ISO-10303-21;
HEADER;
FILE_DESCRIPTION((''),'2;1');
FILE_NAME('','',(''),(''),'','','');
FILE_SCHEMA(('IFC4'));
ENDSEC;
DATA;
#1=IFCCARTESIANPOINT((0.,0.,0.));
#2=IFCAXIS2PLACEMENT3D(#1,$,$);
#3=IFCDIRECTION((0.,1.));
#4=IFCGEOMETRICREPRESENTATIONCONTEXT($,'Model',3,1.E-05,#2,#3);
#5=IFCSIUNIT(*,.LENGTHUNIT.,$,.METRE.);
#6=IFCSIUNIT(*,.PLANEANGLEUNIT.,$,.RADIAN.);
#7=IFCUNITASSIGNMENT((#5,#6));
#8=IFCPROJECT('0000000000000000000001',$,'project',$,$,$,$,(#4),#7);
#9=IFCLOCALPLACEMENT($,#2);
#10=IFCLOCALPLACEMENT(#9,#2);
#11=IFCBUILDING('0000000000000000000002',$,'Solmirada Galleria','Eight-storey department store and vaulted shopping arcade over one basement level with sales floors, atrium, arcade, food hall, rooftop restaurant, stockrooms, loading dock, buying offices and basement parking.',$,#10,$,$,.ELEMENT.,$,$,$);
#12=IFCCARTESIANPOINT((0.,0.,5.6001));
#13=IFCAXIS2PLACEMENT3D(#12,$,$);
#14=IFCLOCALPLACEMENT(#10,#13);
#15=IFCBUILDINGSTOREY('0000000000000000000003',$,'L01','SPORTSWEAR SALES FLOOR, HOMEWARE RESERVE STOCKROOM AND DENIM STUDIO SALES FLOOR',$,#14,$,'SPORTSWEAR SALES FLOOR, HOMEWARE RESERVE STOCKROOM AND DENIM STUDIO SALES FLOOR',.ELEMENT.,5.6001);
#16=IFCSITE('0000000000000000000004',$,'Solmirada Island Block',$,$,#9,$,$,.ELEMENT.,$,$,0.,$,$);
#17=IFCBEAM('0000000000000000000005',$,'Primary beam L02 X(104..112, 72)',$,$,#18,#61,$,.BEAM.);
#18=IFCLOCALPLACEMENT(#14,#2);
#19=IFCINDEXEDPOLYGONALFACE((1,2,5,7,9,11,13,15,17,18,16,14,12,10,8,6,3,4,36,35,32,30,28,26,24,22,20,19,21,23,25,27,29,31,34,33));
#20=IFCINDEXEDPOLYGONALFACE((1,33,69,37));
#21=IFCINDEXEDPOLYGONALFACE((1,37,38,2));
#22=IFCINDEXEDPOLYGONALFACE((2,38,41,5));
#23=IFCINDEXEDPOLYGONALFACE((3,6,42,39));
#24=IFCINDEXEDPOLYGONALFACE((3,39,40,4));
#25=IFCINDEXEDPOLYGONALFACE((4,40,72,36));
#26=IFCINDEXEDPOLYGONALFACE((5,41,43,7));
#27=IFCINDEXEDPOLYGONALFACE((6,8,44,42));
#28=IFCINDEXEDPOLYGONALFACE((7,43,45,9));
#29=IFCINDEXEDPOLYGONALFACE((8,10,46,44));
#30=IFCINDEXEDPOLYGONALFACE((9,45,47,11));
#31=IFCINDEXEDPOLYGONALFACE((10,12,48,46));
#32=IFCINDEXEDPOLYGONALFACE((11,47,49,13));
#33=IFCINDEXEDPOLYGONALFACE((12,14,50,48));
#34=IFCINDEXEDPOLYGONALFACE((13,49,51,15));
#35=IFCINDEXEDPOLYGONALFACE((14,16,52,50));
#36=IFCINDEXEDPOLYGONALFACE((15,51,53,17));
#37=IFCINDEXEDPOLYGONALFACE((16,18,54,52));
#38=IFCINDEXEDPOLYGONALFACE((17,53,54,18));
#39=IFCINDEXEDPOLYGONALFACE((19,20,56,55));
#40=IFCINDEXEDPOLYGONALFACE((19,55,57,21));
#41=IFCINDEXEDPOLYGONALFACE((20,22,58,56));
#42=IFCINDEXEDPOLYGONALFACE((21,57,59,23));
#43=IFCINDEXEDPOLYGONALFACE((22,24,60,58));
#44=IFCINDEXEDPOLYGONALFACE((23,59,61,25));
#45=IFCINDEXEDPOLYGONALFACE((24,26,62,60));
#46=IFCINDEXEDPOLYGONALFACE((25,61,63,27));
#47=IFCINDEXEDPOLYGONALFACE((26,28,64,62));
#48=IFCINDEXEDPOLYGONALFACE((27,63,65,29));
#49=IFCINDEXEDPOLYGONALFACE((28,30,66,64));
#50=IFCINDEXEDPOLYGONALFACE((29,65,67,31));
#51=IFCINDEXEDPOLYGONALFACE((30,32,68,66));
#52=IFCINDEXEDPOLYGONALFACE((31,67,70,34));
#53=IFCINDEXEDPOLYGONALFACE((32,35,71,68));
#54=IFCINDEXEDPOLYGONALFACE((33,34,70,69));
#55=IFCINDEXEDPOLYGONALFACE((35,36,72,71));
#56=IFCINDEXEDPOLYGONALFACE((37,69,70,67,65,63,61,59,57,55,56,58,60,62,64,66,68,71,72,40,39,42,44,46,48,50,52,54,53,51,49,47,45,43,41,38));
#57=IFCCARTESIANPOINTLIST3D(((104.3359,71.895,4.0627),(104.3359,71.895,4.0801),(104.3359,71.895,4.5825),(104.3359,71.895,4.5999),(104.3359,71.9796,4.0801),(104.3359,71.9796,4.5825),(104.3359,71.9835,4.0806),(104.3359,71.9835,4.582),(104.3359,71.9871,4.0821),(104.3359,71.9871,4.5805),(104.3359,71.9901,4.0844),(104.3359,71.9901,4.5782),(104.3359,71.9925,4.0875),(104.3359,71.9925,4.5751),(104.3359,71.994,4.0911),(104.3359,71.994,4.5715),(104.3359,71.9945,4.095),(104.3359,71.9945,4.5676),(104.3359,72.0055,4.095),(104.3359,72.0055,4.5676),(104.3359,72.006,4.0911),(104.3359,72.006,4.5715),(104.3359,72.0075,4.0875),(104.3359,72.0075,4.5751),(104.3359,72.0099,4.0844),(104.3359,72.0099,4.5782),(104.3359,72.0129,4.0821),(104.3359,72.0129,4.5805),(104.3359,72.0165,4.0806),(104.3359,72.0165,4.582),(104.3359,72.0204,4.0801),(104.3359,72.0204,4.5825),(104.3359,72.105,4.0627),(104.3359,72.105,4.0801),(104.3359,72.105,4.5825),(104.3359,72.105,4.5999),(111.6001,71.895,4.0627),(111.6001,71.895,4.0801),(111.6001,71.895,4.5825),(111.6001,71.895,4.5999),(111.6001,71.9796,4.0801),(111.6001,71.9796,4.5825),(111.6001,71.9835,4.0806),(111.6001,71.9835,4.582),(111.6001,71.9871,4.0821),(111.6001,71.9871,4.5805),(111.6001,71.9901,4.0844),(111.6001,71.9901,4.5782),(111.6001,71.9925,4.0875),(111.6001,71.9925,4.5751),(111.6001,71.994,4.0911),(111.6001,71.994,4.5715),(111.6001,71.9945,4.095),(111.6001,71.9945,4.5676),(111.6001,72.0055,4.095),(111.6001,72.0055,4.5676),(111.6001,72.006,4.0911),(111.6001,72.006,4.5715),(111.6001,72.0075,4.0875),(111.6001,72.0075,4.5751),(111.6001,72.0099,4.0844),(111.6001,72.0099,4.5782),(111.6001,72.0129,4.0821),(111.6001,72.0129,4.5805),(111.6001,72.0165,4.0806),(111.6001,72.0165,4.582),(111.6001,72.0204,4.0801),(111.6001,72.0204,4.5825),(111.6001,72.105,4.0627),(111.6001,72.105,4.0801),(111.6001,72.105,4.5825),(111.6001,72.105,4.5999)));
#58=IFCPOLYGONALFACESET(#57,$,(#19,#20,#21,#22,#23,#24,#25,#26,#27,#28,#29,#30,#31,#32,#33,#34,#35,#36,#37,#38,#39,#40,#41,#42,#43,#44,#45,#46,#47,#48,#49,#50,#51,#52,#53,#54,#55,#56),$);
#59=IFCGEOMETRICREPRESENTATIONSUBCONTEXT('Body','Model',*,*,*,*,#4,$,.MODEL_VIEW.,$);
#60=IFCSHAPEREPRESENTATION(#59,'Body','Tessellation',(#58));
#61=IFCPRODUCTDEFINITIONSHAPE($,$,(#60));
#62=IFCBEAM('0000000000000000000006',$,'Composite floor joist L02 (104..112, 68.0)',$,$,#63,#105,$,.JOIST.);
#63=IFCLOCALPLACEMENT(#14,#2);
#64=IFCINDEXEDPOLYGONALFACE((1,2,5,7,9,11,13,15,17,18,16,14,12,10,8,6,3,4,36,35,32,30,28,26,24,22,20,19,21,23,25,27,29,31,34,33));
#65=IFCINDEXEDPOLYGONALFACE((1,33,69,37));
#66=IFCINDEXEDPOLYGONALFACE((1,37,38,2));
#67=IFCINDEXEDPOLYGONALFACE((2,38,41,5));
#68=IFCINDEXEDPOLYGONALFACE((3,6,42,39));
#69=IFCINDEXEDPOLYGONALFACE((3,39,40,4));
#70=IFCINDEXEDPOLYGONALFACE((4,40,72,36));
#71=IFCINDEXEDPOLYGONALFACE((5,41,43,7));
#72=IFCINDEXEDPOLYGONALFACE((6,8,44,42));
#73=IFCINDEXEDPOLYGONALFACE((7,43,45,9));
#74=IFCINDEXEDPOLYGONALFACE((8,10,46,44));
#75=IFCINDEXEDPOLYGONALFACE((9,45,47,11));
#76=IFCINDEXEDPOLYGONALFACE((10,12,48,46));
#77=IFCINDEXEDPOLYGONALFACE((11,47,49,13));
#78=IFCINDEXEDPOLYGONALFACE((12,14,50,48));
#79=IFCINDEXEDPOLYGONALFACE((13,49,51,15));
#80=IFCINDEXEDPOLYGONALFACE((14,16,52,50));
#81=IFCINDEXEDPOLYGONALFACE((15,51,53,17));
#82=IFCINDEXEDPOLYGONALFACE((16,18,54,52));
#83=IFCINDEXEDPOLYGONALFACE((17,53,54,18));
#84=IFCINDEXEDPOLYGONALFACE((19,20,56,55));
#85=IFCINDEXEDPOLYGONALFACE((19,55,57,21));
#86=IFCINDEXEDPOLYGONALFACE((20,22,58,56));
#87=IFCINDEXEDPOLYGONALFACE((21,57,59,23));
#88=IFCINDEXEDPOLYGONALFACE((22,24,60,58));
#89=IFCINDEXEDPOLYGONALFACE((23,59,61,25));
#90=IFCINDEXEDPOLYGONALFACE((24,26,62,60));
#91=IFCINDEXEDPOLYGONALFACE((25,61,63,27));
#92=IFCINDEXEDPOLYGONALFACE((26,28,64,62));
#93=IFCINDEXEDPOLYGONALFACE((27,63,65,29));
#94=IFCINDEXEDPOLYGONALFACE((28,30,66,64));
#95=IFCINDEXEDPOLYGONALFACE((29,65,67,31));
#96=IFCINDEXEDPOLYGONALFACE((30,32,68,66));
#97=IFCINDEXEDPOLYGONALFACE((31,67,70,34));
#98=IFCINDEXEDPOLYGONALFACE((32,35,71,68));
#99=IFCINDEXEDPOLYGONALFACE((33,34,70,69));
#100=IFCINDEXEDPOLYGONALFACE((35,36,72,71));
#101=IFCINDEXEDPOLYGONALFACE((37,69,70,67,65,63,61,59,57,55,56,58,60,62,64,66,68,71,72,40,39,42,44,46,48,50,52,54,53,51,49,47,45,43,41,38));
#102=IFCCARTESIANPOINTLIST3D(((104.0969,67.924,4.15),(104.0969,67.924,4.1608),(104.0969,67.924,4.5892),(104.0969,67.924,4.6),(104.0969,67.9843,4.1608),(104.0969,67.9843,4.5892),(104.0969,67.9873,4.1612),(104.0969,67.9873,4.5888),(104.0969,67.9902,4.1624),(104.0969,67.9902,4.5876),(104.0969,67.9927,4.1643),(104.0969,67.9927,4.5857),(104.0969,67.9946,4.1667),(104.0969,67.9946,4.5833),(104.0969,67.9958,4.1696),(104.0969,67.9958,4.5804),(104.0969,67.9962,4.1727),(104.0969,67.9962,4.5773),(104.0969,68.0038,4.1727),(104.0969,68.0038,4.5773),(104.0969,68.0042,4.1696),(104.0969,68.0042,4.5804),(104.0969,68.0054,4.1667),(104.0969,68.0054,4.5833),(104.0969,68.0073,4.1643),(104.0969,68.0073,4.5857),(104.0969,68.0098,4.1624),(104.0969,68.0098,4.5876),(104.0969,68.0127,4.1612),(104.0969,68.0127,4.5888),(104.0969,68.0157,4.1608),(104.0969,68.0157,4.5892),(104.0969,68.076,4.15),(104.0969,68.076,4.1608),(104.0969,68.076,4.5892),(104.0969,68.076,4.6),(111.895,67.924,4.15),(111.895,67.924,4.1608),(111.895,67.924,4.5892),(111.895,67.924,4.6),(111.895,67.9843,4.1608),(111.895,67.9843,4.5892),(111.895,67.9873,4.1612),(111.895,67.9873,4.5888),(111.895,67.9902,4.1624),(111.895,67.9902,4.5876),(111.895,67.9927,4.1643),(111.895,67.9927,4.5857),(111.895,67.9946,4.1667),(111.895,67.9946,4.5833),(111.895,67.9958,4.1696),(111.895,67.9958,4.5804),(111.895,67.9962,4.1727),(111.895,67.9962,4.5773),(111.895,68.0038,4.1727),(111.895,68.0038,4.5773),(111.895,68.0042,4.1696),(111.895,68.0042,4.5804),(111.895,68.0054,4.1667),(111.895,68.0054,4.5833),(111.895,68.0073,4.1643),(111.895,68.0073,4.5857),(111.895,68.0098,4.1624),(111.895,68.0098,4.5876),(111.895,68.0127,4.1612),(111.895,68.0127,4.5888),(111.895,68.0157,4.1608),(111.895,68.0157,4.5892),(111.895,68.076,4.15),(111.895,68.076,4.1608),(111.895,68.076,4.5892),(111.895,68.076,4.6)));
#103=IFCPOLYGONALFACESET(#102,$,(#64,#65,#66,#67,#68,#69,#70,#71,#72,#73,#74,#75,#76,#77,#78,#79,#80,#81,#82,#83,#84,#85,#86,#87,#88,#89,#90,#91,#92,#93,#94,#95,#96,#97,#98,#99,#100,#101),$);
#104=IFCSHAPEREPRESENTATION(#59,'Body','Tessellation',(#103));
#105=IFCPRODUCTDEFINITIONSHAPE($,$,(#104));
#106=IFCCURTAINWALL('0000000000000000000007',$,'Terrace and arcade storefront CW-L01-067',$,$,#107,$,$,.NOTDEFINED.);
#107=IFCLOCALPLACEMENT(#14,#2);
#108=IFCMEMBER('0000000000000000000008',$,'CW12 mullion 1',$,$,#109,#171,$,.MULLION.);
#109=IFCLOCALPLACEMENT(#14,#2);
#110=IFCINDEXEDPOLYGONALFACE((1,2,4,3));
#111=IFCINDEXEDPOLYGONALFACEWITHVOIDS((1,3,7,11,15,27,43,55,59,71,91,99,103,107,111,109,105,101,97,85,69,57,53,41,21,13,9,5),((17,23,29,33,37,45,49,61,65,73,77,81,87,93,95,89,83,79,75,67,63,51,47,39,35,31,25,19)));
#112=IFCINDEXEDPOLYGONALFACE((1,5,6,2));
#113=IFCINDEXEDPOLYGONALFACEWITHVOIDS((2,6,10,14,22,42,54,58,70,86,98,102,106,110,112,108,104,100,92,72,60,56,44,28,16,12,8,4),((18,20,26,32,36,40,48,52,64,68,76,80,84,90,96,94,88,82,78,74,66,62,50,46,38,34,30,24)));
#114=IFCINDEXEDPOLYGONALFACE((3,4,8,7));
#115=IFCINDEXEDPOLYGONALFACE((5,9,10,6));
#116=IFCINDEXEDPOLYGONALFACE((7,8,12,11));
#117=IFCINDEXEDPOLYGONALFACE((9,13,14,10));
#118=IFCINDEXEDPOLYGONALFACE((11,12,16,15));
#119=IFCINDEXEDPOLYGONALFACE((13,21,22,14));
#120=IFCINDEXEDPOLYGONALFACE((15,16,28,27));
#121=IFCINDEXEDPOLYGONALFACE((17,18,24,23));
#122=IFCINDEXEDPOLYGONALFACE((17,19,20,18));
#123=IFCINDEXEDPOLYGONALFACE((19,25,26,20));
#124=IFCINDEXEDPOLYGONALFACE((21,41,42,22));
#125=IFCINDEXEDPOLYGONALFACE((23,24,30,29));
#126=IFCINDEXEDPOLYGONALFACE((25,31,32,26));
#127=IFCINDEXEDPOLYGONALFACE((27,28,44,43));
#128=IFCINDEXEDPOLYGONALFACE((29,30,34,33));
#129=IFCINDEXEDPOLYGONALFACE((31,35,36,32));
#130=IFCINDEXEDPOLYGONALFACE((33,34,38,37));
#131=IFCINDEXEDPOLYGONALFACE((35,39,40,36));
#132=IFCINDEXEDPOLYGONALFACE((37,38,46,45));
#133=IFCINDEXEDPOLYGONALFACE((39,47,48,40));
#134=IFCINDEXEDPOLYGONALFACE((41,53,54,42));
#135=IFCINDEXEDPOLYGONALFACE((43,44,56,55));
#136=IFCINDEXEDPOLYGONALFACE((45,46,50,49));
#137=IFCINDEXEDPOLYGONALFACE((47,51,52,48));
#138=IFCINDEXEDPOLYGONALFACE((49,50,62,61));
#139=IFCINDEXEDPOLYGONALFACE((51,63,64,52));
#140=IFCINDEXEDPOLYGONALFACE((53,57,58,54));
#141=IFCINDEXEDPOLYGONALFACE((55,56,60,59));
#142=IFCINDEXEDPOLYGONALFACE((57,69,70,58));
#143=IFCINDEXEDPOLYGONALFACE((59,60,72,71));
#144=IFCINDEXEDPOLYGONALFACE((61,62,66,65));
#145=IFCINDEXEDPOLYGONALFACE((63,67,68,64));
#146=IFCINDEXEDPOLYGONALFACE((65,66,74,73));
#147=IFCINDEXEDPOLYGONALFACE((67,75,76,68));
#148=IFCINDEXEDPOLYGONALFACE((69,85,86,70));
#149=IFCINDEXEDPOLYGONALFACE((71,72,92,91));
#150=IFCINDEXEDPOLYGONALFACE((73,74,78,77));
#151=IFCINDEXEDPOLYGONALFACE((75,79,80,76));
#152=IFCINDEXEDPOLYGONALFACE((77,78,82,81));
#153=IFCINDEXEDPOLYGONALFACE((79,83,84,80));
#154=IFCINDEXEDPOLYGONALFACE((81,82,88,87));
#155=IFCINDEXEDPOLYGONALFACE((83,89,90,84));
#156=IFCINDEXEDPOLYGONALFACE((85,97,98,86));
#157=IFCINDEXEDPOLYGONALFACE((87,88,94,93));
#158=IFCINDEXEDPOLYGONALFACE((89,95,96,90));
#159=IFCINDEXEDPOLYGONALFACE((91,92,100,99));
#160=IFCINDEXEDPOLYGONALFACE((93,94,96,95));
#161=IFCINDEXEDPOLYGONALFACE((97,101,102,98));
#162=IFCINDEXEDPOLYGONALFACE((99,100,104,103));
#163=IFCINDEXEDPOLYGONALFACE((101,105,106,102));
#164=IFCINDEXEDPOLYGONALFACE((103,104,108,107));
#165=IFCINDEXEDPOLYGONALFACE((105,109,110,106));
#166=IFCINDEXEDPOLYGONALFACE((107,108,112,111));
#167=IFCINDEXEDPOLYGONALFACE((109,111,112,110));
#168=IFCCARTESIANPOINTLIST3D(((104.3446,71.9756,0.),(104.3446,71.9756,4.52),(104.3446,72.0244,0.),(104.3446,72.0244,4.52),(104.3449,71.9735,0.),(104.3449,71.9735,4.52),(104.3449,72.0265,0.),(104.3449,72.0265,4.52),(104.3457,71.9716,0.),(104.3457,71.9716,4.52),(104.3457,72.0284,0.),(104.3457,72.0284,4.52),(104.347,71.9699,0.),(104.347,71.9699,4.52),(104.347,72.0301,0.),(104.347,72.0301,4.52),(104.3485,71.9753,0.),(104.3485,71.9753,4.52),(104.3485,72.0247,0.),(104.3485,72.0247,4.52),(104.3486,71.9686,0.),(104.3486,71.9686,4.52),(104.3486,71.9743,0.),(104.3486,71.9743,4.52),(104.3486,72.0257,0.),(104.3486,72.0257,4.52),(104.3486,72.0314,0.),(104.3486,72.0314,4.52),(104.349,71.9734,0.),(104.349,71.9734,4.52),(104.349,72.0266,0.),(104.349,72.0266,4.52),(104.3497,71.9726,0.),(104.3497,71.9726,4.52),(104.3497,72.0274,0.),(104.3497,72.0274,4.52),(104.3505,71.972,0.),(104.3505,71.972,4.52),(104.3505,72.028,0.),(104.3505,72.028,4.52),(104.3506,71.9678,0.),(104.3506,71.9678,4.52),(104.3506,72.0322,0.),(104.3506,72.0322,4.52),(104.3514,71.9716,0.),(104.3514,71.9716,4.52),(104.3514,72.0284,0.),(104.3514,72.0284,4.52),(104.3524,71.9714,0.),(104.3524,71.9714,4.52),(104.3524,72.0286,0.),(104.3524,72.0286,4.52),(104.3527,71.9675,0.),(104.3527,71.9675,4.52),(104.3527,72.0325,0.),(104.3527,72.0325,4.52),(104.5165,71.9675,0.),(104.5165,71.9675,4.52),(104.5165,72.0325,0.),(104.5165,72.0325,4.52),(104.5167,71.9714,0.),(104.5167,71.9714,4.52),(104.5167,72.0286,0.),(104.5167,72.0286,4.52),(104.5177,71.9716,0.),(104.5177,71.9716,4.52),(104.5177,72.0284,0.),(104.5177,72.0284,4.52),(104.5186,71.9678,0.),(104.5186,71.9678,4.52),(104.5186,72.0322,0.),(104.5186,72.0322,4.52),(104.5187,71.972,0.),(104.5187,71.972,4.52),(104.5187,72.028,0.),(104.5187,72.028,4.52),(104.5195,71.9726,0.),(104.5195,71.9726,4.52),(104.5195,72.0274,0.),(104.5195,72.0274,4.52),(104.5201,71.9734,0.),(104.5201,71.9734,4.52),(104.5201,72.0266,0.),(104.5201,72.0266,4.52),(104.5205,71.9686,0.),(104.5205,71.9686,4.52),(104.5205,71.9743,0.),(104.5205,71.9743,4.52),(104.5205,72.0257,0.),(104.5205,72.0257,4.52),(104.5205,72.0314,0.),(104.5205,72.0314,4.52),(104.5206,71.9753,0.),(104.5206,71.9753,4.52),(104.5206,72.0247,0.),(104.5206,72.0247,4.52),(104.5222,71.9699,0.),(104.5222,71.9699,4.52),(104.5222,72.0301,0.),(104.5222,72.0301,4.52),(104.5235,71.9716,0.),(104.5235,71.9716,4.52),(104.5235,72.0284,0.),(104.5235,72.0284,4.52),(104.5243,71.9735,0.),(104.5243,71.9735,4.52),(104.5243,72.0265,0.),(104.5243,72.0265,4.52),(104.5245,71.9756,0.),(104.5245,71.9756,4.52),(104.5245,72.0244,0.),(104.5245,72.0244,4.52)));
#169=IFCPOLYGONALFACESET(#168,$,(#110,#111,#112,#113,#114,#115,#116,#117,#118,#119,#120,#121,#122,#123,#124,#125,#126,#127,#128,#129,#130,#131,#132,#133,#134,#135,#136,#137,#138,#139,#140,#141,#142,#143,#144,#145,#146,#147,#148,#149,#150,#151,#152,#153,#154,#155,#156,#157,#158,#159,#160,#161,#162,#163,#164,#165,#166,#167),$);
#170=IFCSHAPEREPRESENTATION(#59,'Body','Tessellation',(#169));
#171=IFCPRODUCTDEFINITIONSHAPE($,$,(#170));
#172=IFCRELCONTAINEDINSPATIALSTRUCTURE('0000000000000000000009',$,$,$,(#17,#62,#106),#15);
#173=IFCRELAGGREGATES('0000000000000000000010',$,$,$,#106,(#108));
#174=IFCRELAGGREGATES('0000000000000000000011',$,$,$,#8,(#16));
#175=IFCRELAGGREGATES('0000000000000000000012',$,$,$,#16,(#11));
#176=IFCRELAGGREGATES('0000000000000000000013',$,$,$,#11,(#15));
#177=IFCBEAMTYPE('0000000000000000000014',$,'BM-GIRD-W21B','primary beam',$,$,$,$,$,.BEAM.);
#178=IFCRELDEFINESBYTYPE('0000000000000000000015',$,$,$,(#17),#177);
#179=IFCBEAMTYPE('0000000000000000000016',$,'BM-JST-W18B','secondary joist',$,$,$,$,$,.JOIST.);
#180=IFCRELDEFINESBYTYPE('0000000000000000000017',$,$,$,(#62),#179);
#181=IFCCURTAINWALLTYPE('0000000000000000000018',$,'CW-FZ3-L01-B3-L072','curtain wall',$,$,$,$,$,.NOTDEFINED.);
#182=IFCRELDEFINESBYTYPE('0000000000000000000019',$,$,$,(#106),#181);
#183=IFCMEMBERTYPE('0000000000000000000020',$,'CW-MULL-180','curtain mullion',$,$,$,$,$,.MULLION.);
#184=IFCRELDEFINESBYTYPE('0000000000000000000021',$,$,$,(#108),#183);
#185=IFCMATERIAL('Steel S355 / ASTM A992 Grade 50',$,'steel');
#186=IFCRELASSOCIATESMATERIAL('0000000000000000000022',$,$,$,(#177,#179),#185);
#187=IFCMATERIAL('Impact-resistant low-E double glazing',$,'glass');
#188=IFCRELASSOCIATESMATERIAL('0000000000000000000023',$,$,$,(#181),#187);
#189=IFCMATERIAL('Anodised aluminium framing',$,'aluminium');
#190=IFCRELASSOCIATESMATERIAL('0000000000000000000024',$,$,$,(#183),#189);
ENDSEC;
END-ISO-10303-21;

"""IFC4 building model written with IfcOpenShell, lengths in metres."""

from ifc_helpers import new_model, si_unit, direction, frame, origin, origin_2d, place, context, subcontext, project, spatial, hollow_rectangle, i_section, extrude, material, material_profile, profile_set, type_object, element, aggregate, save


model = new_model("IFC4")

# Units and contexts
model_context = context("Model", 3, precision=1e-05, world=origin(), true_north=direction((0.0, 1.0)))
body_context = subcontext(model_context, "Body", "Model", "MODEL_VIEW")
ifc_project = project(units=[si_unit("LENGTHUNIT", "METRE"), si_unit("PLANEANGLEUNIT", "RADIAN")], contexts=[model_context])

# Site, building, storey
site_placement = place(None, origin())
site = spatial("IfcSite", under=ifc_project, at=site_placement, Name="Solmirada Island Block", CompositionType="ELEMENT", RefElevation=0.0)
building_placement = place(site_placement, origin())
building = spatial("IfcBuilding", under=site, at=building_placement, Name="Solmirada Galleria", Description="Eight-storey department store and vaulted shopping arcade over one basement level with sales floors, atrium, arcade, food hall, rooftop restaurant, stockrooms, loading dock, buying offices and basement parking.", CompositionType="ELEMENT")
storey_placement = place(building_placement, frame((0.0, 0.0, 5.6001)))
storey = spatial("IfcBuildingStorey", under=building, at=storey_placement, Name="L01", Description="SPORTSWEAR SALES FLOOR, HOMEWARE RESERVE STOCKROOM AND DENIM STUDIO SALES FLOOR", LongName="SPORTSWEAR SALES FLOOR, HOMEWARE RESERVE STOCKROOM AND DENIM STUDIO SALES FLOOR", CompositionType="ELEMENT", Elevation=5.6001)

# Beams
ifc_material_1 = material(Name="Steel S355 / ASTM A992 Grade 50", Category="steel")
ifc_material_profile_1 = material_profile(ifc_material_1, i_section(OverallWidth=0.21, OverallDepth=0.5371, WebThickness=0.011, FlangeThickness=0.0173, FilletRadius=0.0149, at=origin_2d()), Name="W21X68")
ifc_profile_set_1 = profile_set([ifc_material_profile_1], Name="Steel S355 / ASTM A992 Grade 50")
beam_type_1 = type_object("IfcBeamType", Name="BM-GIRD-W21B", Description="primary beam", PredefinedType="BEAM", material=ifc_profile_set_1)
beam_1_placement = place(storey_placement, frame((104.3359, 72.0, 4.3313), z_axis=(1.0, 0.0, 0.0), x_axis=(0.0, 1.0, 0.0)))
element("IfcBeam", 1, at=beam_1_placement, inside=storey, type_object=beam_type_1, Name="Primary beam L02 X(104..112, 72)", PredefinedType="BEAM", context=body_context, shape_type="SweptSolid", body=[
    extrude(i_section(OverallWidth=0.21, OverallDepth=0.5371, WebThickness=0.011, FlangeThickness=0.0173, FilletRadius=0.0149, at=origin_2d()), origin(), (0.0, 0.0, 1.0), 7.2642),
])
ifc_material_profile_2 = material_profile(ifc_material_1, i_section(OverallWidth=0.1521, OverallDepth=0.45, WebThickness=0.0076, FlangeThickness=0.0107, FilletRadius=0.012, at=origin_2d()), Name="W18X35")
ifc_profile_set_2 = profile_set([ifc_material_profile_2], Name="Steel S355 / ASTM A992 Grade 50")
beam_type_2 = type_object("IfcBeamType", Name="BM-JST-W18B", Description="secondary joist", PredefinedType="JOIST", material=ifc_profile_set_2)
beam_2_placement = place(storey_placement, frame((104.0969, 68.0, 4.375), z_axis=(1.0, 0.0, 0.0), x_axis=(0.0, 1.0, 0.0)))
element("IfcBeam", 2, at=beam_2_placement, inside=storey, type_object=beam_type_2, Name="Composite floor joist L02 (104..112, 68.0)", PredefinedType="JOIST", context=body_context, shape_type="SweptSolid", body=[
    extrude(i_section(OverallWidth=0.1521, OverallDepth=0.45, WebThickness=0.0076, FlangeThickness=0.0107, FilletRadius=0.012, at=origin_2d()), origin(), (0.0, 0.0, 1.0), 7.7981),
])

# Curtain wall, member
ifc_material_2 = material(Name="Impact-resistant low-E double glazing", Category="glass")
curtain_wall_type = type_object("IfcCurtainWallType", Name="CW-FZ3-L01-B3-L072", Description="curtain wall", PredefinedType="NOTDEFINED", material=ifc_material_2)
curtain_wall_1_placement = place(storey_placement, origin())
curtain_wall_1 = element("IfcCurtainWall", 3, at=curtain_wall_1_placement, inside=storey, type_object=curtain_wall_type, Name="Terrace and arcade storefront CW-L01-067", PredefinedType="NOTDEFINED")
ifc_material_3 = material(Name="Anodised aluminium framing", Category="aluminium")
ifc_material_profile_3 = material_profile(ifc_material_3, hollow_rectangle(XDim=0.0649, YDim=0.1799, WallThickness=0.0039, InnerFilletRadius=0.0039, OuterFilletRadius=0.0081, at=origin_2d()), Name="ALU-MULL-180X65")
ifc_profile_set_3 = profile_set([ifc_material_profile_3], Name="Anodised aluminium framing")
member_type_1 = type_object("IfcMemberType", Name="CW-MULL-180", Description="curtain mullion", PredefinedType="MULLION", material=ifc_profile_set_3)
member_1_placement = place(storey_placement, frame((104.4346, 72.0, 0.0), z_axis=(0.0, 0.0, 1.0), x_axis=(0.0, 1.0, 0.0)))
member_1 = element("IfcMember", 4, at=member_1_placement, type_object=member_type_1, Name="CW12 mullion 1", PredefinedType="MULLION", context=body_context, shape_type="SweptSolid", body=[
    extrude(hollow_rectangle(XDim=0.0649, YDim=0.1799, WallThickness=0.0039, InnerFilletRadius=0.0039, OuterFilletRadius=0.0081, at=origin_2d()), origin(), (0.0, 0.0, 1.0), 4.52),
])

aggregate(curtain_wall_1, [member_1])

save(model, "model.ifc")
